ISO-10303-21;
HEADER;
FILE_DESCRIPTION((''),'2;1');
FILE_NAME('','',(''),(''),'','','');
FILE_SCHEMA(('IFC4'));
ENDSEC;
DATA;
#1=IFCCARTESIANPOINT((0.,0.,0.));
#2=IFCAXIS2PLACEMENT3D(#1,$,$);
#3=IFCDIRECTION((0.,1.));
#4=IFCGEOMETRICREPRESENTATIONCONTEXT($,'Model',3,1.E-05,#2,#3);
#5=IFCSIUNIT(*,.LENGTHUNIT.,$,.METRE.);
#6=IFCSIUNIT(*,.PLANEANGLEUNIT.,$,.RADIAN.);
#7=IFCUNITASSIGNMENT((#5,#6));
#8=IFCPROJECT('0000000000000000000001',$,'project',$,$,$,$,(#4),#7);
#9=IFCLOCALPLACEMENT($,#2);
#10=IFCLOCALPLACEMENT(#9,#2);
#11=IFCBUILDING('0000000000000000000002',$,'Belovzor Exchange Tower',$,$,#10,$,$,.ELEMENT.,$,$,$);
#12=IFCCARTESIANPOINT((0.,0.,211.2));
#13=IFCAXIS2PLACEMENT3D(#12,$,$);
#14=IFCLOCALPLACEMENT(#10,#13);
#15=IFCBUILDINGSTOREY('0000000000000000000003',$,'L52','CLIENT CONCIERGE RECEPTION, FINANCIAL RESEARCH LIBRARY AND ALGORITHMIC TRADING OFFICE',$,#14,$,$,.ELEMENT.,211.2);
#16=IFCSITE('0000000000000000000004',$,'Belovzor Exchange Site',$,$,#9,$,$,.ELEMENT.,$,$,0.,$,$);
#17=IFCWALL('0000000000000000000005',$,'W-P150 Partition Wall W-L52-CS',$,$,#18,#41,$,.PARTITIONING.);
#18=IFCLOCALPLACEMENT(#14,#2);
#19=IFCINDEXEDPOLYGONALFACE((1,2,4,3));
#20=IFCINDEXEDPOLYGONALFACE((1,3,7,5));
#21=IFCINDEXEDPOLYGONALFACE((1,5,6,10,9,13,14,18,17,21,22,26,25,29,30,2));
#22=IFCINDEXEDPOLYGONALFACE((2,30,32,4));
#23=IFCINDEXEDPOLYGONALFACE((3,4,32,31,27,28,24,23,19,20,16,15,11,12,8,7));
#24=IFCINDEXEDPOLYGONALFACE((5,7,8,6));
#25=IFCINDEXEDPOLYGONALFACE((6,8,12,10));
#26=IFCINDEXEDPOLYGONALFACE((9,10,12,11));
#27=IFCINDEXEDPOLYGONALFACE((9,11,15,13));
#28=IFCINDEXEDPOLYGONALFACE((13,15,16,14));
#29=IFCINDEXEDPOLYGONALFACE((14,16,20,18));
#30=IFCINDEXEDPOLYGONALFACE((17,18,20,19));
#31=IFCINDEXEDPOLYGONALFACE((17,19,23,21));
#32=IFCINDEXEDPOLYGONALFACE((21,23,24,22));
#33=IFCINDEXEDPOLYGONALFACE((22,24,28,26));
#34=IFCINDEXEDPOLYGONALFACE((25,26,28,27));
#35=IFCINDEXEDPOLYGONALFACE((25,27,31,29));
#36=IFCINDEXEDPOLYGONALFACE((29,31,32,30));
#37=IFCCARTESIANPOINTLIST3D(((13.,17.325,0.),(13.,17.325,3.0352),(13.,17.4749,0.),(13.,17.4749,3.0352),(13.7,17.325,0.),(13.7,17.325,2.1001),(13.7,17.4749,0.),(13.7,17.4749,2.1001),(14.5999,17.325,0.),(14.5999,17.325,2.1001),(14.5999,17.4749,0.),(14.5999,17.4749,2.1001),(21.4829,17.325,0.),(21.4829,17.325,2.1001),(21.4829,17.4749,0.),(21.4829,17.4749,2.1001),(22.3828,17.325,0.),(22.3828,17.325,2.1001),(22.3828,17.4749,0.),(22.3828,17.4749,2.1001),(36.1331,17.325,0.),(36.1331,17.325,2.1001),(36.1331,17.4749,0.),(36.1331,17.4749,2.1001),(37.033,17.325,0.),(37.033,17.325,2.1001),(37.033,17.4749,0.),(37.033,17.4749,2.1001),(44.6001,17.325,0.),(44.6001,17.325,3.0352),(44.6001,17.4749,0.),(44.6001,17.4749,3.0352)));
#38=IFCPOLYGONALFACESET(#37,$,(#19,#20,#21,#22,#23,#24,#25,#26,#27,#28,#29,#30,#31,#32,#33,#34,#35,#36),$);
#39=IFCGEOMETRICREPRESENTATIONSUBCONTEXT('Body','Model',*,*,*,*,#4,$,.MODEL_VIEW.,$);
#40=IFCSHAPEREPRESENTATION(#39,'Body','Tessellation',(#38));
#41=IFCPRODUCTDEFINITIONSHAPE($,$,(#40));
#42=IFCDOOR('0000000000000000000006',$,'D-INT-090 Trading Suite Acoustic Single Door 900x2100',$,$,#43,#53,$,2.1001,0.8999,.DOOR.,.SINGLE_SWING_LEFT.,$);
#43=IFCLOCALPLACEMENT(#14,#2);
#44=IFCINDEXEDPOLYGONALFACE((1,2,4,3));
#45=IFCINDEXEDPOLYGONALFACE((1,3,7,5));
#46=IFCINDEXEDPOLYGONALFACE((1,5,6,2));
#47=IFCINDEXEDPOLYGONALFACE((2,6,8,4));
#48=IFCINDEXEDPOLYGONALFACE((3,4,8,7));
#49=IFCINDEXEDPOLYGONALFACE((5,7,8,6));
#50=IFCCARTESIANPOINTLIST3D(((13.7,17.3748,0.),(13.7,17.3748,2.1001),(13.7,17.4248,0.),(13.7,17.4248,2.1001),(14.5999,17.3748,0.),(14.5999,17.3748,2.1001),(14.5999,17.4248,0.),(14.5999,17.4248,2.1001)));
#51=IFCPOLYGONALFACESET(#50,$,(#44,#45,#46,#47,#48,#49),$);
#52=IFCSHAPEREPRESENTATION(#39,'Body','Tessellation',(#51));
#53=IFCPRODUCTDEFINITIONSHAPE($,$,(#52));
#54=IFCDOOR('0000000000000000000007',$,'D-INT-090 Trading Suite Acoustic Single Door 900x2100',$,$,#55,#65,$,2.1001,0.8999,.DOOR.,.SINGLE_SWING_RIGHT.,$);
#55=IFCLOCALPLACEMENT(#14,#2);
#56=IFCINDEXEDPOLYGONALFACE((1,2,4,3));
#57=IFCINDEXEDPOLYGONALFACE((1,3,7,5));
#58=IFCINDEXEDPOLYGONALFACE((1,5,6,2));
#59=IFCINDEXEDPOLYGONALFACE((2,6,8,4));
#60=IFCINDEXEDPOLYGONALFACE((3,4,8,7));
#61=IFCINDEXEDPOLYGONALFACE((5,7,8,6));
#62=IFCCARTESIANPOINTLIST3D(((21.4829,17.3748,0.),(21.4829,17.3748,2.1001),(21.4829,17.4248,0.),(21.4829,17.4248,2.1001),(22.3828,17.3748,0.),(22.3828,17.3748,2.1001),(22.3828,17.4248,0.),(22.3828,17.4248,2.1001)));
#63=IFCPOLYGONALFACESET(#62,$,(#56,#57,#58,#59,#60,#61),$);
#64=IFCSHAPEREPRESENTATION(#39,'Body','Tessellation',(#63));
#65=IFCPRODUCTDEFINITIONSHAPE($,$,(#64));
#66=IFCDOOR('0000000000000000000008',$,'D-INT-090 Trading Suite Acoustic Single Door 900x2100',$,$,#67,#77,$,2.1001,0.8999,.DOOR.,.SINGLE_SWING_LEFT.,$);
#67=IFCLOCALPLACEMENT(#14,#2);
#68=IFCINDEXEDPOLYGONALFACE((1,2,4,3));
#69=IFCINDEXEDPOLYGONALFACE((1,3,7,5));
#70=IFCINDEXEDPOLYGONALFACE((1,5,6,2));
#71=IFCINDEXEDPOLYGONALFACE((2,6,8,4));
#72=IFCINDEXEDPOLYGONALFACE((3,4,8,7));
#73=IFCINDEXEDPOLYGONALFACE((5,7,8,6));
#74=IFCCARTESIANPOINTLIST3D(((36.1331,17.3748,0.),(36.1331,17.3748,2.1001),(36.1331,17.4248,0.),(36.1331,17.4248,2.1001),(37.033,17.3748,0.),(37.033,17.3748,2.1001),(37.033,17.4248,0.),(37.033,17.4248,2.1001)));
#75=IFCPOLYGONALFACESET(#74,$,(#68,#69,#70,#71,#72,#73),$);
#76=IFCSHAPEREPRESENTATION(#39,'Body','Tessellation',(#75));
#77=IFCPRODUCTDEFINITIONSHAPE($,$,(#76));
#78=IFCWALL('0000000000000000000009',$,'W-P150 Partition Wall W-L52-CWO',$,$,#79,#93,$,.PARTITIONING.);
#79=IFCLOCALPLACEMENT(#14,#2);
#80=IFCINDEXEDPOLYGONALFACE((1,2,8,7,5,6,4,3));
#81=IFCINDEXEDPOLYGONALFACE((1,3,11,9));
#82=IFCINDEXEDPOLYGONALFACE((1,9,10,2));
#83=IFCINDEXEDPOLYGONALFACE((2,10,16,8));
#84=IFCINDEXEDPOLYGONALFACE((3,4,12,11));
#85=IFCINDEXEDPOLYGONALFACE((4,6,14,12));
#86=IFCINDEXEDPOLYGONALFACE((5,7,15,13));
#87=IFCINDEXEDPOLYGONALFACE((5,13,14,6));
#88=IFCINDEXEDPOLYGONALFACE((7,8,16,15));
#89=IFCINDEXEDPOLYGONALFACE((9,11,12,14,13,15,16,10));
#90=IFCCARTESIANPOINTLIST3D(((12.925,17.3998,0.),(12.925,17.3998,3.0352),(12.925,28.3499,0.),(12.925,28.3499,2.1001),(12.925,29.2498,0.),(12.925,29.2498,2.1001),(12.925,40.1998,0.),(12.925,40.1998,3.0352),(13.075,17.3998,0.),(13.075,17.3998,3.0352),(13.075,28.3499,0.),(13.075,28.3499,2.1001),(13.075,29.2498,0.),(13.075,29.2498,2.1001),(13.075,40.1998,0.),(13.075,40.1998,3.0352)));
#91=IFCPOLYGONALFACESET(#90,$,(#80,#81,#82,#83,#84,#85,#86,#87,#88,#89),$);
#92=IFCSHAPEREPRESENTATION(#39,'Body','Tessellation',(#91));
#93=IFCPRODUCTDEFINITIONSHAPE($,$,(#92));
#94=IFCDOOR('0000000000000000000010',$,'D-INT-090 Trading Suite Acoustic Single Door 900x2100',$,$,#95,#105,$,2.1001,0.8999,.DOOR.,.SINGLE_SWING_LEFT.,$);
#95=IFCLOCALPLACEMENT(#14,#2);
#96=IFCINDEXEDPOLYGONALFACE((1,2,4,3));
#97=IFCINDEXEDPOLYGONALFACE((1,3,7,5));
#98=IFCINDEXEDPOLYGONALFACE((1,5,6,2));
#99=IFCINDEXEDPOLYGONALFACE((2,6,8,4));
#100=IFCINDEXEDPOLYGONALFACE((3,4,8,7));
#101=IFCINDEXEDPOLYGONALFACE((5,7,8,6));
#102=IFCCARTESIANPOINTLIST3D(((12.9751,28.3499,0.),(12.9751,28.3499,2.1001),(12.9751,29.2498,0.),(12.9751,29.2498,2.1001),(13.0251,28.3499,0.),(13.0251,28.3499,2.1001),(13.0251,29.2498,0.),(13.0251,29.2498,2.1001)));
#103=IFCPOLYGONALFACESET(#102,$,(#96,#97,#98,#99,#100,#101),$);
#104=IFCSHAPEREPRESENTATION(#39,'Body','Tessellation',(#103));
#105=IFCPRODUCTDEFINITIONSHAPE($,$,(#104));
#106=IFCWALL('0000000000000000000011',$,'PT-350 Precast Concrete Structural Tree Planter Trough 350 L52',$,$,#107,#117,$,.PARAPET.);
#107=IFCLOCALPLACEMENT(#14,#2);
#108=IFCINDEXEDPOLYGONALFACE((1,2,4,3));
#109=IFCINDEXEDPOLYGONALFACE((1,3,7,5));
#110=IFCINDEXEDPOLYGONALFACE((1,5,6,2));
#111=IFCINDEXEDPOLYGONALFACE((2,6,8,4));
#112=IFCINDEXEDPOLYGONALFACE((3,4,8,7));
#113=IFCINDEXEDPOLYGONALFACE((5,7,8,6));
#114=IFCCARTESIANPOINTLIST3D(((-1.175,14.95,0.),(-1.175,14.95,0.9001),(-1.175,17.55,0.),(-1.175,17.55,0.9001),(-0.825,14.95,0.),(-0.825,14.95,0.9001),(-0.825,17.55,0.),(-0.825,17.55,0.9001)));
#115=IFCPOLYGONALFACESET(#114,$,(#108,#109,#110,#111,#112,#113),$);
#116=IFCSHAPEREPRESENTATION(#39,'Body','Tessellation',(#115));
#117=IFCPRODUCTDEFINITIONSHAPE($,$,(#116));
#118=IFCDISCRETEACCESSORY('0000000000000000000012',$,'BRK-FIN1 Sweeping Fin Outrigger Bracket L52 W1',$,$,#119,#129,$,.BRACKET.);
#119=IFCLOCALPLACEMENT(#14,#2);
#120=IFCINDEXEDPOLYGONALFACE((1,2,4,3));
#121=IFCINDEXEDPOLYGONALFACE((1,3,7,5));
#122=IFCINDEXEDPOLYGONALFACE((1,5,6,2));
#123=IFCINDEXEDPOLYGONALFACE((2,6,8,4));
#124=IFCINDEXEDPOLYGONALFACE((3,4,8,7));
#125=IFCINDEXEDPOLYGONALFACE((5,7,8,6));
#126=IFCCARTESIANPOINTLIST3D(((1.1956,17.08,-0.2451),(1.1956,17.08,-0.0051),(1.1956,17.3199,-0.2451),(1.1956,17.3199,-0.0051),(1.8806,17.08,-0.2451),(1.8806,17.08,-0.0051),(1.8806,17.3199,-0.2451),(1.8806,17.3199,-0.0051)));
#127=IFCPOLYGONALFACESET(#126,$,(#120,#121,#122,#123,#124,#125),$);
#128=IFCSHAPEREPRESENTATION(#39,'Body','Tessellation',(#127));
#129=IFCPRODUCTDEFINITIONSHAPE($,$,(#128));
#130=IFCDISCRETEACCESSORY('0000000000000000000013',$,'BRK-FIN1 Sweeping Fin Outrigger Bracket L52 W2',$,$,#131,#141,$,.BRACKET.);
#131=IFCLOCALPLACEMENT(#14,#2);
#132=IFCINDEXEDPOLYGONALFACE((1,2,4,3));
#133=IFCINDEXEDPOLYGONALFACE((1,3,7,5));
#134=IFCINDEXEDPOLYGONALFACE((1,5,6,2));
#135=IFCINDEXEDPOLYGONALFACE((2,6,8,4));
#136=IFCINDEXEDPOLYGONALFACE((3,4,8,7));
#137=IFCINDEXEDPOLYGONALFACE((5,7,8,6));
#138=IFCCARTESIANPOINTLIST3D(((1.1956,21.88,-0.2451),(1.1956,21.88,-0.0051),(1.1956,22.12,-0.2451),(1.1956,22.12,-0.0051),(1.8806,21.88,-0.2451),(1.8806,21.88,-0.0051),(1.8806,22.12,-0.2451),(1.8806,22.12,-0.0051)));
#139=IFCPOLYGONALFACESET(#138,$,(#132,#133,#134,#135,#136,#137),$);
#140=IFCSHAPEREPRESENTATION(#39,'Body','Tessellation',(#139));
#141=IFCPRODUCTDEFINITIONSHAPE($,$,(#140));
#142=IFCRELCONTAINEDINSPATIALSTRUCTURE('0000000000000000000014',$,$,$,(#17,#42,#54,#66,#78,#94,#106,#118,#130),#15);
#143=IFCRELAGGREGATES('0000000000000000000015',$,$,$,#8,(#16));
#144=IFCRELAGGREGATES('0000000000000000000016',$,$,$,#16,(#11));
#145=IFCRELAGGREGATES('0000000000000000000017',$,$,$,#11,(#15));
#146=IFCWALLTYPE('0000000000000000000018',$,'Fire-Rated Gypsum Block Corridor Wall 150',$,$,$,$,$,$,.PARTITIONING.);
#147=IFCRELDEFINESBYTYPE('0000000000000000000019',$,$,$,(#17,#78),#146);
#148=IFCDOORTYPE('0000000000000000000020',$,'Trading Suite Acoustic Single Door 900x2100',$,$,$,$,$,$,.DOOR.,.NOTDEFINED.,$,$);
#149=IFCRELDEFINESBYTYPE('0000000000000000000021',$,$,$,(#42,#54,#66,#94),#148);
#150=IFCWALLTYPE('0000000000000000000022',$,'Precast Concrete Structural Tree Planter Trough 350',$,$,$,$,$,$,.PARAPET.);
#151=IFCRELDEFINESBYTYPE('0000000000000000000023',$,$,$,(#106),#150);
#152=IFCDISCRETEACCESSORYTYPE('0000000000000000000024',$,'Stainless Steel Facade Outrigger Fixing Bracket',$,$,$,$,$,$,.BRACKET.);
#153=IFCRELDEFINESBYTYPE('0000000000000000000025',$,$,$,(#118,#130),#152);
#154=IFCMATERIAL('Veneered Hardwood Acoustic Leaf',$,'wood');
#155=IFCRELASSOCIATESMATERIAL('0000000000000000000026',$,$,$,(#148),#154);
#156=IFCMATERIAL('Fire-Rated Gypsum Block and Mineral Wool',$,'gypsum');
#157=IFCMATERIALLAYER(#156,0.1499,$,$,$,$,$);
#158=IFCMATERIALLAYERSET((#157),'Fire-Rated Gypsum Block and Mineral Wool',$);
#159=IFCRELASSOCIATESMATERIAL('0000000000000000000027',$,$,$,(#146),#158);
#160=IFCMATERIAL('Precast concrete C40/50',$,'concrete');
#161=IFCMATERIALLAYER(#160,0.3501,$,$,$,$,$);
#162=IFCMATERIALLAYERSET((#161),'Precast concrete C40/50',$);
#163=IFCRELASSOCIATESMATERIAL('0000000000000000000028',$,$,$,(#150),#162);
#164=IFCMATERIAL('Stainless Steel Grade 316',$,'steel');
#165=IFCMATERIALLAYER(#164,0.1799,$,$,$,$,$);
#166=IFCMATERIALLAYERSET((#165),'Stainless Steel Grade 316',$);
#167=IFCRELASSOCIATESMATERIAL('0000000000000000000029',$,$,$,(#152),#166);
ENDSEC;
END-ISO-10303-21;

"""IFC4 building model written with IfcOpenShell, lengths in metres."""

from ifc_helpers import new_model, si_unit, direction, frame, frame_2d, origin, origin_2d, place, context, subcontext, project, spatial, rectangle, extrude, material, layer, layer_set, type_object, element, fill, save


model = new_model("IFC4")

# Units and contexts
model_context = context("Model", 3, precision=1e-05, world=origin(), true_north=direction((0.0, 1.0)))
body_context = subcontext(model_context, "Body", "Model", "MODEL_VIEW")
ifc_project = project(units=[si_unit("LENGTHUNIT", "METRE"), si_unit("PLANEANGLEUNIT", "RADIAN")], contexts=[model_context])

# Site, building, storey
site_placement = place(None, origin())
site = spatial("IfcSite", under=ifc_project, at=site_placement, Name="Belovzor Exchange Site", CompositionType="ELEMENT", RefElevation=0.0)
building_placement = place(site_placement, origin())
building = spatial("IfcBuilding", under=site, at=building_placement, Name="Belovzor Exchange Tower", CompositionType="ELEMENT")
storey_placement = place(building_placement, frame((0.0, 0.0, 211.2)))
storey = spatial("IfcBuildingStorey", under=building, at=storey_placement, Name="L52", Description="CLIENT CONCIERGE RECEPTION, FINANCIAL RESEARCH LIBRARY AND ALGORITHMIC TRADING OFFICE", CompositionType="ELEMENT", Elevation=211.2)

# Shared definitions
ifc_material_1 = material(Name="Veneered Hardwood Acoustic Leaf", Category="wood")
door_type = type_object("IfcDoorType", Name="Trading Suite Acoustic Single Door 900x2100", OperationType="NOTDEFINED", PredefinedType="DOOR", material=ifc_material_1)

# Wall, openings, doors
ifc_material_2 = material(Name="Fire-Rated Gypsum Block and Mineral Wool", Category="gypsum")
ifc_layer_1 = layer(ifc_material_2, 0.1499)
ifc_layer_set_1 = layer_set([ifc_layer_1], Name="Fire-Rated Gypsum Block and Mineral Wool")
wall_type_1 = type_object("IfcWallType", Name="Fire-Rated Gypsum Block Corridor Wall 150", PredefinedType="PARTITIONING", material=ifc_layer_set_1)
wall_1_placement = place(storey_placement, frame((13.0, 17.3999, 0.0), z_axis=(0.0, 0.0, 1.0), x_axis=(1.0, 0.0, 0.0)))
wall_1 = element("IfcWall", 1, at=wall_1_placement, inside=storey, type_object=wall_type_1, Name="W-P150 Partition Wall W-L52-CS", PredefinedType="PARTITIONING", context=body_context, shape_type="SweptSolid", body=[
    extrude(rectangle(XDim=31.6001, YDim=0.1499, at=frame_2d((15.8, 0.0))), origin(), (0.0, 0.0, 1.0), 3.0352),
])
opening_1_placement = place(wall_1_placement, frame((0.7, 0.0, 0.0)))
opening_1 = element("IfcOpeningElement", 2, at=opening_1_placement, cuts=wall_1, PredefinedType="OPENING", context=body_context, shape_type="SweptSolid", body=[
    extrude(rectangle(XDim=0.8999, YDim=2.1001, at=frame_2d((0.45, 1.05))), frame((0.0, 0.085, 0.0), z_axis=(0.0, -1.0, 0.0), x_axis=(1.0, 0.0, 0.0)), (0.0, 0.0, 1.0), 0.1699),
])
opening_2_placement = place(wall_1_placement, frame((8.4829, 0.0, 0.0)))
opening_2 = element("IfcOpeningElement", 3, at=opening_2_placement, cuts=wall_1, PredefinedType="OPENING", context=body_context, shape_type="SweptSolid", body=[
    extrude(rectangle(XDim=0.8999, YDim=2.1001, at=frame_2d((0.45, 1.05))), frame((0.0, 0.085, 0.0), z_axis=(0.0, -1.0, 0.0), x_axis=(1.0, 0.0, 0.0)), (0.0, 0.0, 1.0), 0.1699),
])
opening_3_placement = place(wall_1_placement, frame((23.1331, 0.0, 0.0)))
opening_3 = element("IfcOpeningElement", 4, at=opening_3_placement, cuts=wall_1, PredefinedType="OPENING", context=body_context, shape_type="SweptSolid", body=[
    extrude(rectangle(XDim=0.8999, YDim=2.1001, at=frame_2d((0.45, 1.05))), frame((0.0, 0.085, 0.0), z_axis=(0.0, -1.0, 0.0), x_axis=(1.0, 0.0, 0.0)), (0.0, 0.0, 1.0), 0.1699),
])
door_1_placement = place(opening_1_placement, origin())
door_1 = element("IfcDoor", 5, at=door_1_placement, inside=storey, type_object=door_type, Name="D-INT-090 Trading Suite Acoustic Single Door 900x2100", OperationType="SINGLE_SWING_LEFT", OverallHeight=2.1001, OverallWidth=0.8999, PredefinedType="DOOR", context=body_context, shape_type="SweptSolid", body=[
    extrude(rectangle(XDim=0.8999, YDim=2.1001, at=frame_2d((0.45, 1.05))), frame((0.0, 0.0249, 0.0), z_axis=(0.0, -1.0, 0.0), x_axis=(1.0, 0.0, 0.0)), (0.0, 0.0, 1.0), 0.05),
])
fill(opening_1, door_1)
door_2_placement = place(opening_2_placement, origin())
door_2 = element("IfcDoor", 6, at=door_2_placement, inside=storey, type_object=door_type, Name="D-INT-090 Trading Suite Acoustic Single Door 900x2100", OperationType="SINGLE_SWING_RIGHT", OverallHeight=2.1001, OverallWidth=0.8999, PredefinedType="DOOR", context=body_context, shape_type="SweptSolid", body=[
    extrude(rectangle(XDim=0.8999, YDim=2.1001, at=frame_2d((0.45, 1.05))), frame((0.0, 0.0249, 0.0), z_axis=(0.0, -1.0, 0.0), x_axis=(1.0, 0.0, 0.0)), (0.0, 0.0, 1.0), 0.05),
])
fill(opening_2, door_2)
door_3_placement = place(opening_3_placement, origin())
door_3 = element("IfcDoor", 7, at=door_3_placement, inside=storey, type_object=door_type, Name="D-INT-090 Trading Suite Acoustic Single Door 900x2100", OperationType="SINGLE_SWING_LEFT", OverallHeight=2.1001, OverallWidth=0.8999, PredefinedType="DOOR", context=body_context, shape_type="SweptSolid", body=[
    extrude(rectangle(XDim=0.8999, YDim=2.1001, at=frame_2d((0.45, 1.05))), frame((0.0, 0.0249, 0.0), z_axis=(0.0, -1.0, 0.0), x_axis=(1.0, 0.0, 0.0)), (0.0, 0.0, 1.0), 0.05),
])
fill(opening_3, door_3)

# Wall, opening, door
wall_2_placement = place(storey_placement, frame((13.0, 17.3999, 0.0), z_axis=(0.0, 0.0, 1.0), x_axis=(0.0, 1.0, 0.0)))
wall_2 = element("IfcWall", 8, at=wall_2_placement, inside=storey, type_object=wall_type_1, Name="W-P150 Partition Wall W-L52-CWO", PredefinedType="PARTITIONING", context=body_context, shape_type="SweptSolid", body=[
    extrude(rectangle(XDim=22.8, YDim=0.1499, at=frame_2d((11.3999, 0.0))), origin(), (0.0, 0.0, 1.0), 3.0352),
])
opening_4_placement = place(wall_2_placement, frame((10.95, 0.0, 0.0)))
opening_4 = element("IfcOpeningElement", 9, at=opening_4_placement, cuts=wall_2, PredefinedType="OPENING", context=body_context, shape_type="SweptSolid", body=[
    extrude(rectangle(XDim=0.8999, YDim=2.1001, at=frame_2d((0.45, 1.05))), frame((0.0, 0.085, 0.0), z_axis=(0.0, -1.0, 0.0), x_axis=(1.0, 0.0, 0.0)), (0.0, 0.0, 1.0), 0.1699),
])
door_4_placement = place(opening_4_placement, origin())
door_4 = element("IfcDoor", 10, at=door_4_placement, inside=storey, type_object=door_type, Name="D-INT-090 Trading Suite Acoustic Single Door 900x2100", OperationType="SINGLE_SWING_LEFT", OverallHeight=2.1001, OverallWidth=0.8999, PredefinedType="DOOR", context=body_context, shape_type="SweptSolid", body=[
    extrude(rectangle(XDim=0.8999, YDim=2.1001, at=frame_2d((0.45, 1.05))), frame((0.0, 0.0249, 0.0), z_axis=(0.0, -1.0, 0.0), x_axis=(1.0, 0.0, 0.0)), (0.0, 0.0, 1.0), 0.05),
])
fill(opening_4, door_4)

# Wall
ifc_material_3 = material(Name="Precast concrete C40/50", Category="concrete")
ifc_layer_2 = layer(ifc_material_3, 0.3501)
ifc_layer_set_2 = layer_set([ifc_layer_2], Name="Precast concrete C40/50")
wall_type_2 = type_object("IfcWallType", Name="Precast Concrete Structural Tree Planter Trough 350", PredefinedType="PARAPET", material=ifc_layer_set_2)
wall_3_placement = place(storey_placement, frame((-1.0, 14.95, 0.0), z_axis=(0.0, 0.0, 1.0), x_axis=(0.0, 1.0, 0.0)))
element("IfcWall", 11, at=wall_3_placement, inside=storey, type_object=wall_type_2, Name="PT-350 Precast Concrete Structural Tree Planter Trough 350 L52", PredefinedType="PARAPET", context=body_context, shape_type="SweptSolid", body=[
    extrude(rectangle(XDim=2.6001, YDim=0.3501, at=frame_2d((1.3, 0.0))), origin(), (0.0, 0.0, 1.0), 0.9001),
])

# Discrete accessories
ifc_material_4 = material(Name="Stainless Steel Grade 316", Category="steel")
ifc_layer_3 = layer(ifc_material_4, 0.1799)
ifc_layer_set_3 = layer_set([ifc_layer_3], Name="Stainless Steel Grade 316")
discrete_accessory_type = type_object("IfcDiscreteAccessoryType", Name="Stainless Steel Facade Outrigger Fixing Bracket", PredefinedType="BRACKET", material=ifc_layer_set_3)
for number, where, z_axis, x_axis, name in (
    (12, (1.5381, 17.2, -0.2451), (0.0, 0.0, 1.0), (1.0, 0.0, 0.0), "BRK-FIN1 Sweeping Fin Outrigger Bracket L52 W1"),
    (13, (1.5381, 22.0, -0.2451), (0.0, 0.0, 1.0), (1.0, 0.0, 0.0), "BRK-FIN1 Sweeping Fin Outrigger Bracket L52 W2"),
):
    element("IfcDiscreteAccessory", number, at=place(storey_placement, frame(where, z_axis=z_axis, x_axis=x_axis)), inside=storey, type_object=discrete_accessory_type, Name=name, PredefinedType="BRACKET", context=body_context, shape_type="SweptSolid", body=[
        extrude(rectangle(XDim=0.6851, YDim=0.24, at=origin_2d()), origin(), (0.0, 0.0, 1.0), 0.24),
    ])

save(model, "model.ifc")
